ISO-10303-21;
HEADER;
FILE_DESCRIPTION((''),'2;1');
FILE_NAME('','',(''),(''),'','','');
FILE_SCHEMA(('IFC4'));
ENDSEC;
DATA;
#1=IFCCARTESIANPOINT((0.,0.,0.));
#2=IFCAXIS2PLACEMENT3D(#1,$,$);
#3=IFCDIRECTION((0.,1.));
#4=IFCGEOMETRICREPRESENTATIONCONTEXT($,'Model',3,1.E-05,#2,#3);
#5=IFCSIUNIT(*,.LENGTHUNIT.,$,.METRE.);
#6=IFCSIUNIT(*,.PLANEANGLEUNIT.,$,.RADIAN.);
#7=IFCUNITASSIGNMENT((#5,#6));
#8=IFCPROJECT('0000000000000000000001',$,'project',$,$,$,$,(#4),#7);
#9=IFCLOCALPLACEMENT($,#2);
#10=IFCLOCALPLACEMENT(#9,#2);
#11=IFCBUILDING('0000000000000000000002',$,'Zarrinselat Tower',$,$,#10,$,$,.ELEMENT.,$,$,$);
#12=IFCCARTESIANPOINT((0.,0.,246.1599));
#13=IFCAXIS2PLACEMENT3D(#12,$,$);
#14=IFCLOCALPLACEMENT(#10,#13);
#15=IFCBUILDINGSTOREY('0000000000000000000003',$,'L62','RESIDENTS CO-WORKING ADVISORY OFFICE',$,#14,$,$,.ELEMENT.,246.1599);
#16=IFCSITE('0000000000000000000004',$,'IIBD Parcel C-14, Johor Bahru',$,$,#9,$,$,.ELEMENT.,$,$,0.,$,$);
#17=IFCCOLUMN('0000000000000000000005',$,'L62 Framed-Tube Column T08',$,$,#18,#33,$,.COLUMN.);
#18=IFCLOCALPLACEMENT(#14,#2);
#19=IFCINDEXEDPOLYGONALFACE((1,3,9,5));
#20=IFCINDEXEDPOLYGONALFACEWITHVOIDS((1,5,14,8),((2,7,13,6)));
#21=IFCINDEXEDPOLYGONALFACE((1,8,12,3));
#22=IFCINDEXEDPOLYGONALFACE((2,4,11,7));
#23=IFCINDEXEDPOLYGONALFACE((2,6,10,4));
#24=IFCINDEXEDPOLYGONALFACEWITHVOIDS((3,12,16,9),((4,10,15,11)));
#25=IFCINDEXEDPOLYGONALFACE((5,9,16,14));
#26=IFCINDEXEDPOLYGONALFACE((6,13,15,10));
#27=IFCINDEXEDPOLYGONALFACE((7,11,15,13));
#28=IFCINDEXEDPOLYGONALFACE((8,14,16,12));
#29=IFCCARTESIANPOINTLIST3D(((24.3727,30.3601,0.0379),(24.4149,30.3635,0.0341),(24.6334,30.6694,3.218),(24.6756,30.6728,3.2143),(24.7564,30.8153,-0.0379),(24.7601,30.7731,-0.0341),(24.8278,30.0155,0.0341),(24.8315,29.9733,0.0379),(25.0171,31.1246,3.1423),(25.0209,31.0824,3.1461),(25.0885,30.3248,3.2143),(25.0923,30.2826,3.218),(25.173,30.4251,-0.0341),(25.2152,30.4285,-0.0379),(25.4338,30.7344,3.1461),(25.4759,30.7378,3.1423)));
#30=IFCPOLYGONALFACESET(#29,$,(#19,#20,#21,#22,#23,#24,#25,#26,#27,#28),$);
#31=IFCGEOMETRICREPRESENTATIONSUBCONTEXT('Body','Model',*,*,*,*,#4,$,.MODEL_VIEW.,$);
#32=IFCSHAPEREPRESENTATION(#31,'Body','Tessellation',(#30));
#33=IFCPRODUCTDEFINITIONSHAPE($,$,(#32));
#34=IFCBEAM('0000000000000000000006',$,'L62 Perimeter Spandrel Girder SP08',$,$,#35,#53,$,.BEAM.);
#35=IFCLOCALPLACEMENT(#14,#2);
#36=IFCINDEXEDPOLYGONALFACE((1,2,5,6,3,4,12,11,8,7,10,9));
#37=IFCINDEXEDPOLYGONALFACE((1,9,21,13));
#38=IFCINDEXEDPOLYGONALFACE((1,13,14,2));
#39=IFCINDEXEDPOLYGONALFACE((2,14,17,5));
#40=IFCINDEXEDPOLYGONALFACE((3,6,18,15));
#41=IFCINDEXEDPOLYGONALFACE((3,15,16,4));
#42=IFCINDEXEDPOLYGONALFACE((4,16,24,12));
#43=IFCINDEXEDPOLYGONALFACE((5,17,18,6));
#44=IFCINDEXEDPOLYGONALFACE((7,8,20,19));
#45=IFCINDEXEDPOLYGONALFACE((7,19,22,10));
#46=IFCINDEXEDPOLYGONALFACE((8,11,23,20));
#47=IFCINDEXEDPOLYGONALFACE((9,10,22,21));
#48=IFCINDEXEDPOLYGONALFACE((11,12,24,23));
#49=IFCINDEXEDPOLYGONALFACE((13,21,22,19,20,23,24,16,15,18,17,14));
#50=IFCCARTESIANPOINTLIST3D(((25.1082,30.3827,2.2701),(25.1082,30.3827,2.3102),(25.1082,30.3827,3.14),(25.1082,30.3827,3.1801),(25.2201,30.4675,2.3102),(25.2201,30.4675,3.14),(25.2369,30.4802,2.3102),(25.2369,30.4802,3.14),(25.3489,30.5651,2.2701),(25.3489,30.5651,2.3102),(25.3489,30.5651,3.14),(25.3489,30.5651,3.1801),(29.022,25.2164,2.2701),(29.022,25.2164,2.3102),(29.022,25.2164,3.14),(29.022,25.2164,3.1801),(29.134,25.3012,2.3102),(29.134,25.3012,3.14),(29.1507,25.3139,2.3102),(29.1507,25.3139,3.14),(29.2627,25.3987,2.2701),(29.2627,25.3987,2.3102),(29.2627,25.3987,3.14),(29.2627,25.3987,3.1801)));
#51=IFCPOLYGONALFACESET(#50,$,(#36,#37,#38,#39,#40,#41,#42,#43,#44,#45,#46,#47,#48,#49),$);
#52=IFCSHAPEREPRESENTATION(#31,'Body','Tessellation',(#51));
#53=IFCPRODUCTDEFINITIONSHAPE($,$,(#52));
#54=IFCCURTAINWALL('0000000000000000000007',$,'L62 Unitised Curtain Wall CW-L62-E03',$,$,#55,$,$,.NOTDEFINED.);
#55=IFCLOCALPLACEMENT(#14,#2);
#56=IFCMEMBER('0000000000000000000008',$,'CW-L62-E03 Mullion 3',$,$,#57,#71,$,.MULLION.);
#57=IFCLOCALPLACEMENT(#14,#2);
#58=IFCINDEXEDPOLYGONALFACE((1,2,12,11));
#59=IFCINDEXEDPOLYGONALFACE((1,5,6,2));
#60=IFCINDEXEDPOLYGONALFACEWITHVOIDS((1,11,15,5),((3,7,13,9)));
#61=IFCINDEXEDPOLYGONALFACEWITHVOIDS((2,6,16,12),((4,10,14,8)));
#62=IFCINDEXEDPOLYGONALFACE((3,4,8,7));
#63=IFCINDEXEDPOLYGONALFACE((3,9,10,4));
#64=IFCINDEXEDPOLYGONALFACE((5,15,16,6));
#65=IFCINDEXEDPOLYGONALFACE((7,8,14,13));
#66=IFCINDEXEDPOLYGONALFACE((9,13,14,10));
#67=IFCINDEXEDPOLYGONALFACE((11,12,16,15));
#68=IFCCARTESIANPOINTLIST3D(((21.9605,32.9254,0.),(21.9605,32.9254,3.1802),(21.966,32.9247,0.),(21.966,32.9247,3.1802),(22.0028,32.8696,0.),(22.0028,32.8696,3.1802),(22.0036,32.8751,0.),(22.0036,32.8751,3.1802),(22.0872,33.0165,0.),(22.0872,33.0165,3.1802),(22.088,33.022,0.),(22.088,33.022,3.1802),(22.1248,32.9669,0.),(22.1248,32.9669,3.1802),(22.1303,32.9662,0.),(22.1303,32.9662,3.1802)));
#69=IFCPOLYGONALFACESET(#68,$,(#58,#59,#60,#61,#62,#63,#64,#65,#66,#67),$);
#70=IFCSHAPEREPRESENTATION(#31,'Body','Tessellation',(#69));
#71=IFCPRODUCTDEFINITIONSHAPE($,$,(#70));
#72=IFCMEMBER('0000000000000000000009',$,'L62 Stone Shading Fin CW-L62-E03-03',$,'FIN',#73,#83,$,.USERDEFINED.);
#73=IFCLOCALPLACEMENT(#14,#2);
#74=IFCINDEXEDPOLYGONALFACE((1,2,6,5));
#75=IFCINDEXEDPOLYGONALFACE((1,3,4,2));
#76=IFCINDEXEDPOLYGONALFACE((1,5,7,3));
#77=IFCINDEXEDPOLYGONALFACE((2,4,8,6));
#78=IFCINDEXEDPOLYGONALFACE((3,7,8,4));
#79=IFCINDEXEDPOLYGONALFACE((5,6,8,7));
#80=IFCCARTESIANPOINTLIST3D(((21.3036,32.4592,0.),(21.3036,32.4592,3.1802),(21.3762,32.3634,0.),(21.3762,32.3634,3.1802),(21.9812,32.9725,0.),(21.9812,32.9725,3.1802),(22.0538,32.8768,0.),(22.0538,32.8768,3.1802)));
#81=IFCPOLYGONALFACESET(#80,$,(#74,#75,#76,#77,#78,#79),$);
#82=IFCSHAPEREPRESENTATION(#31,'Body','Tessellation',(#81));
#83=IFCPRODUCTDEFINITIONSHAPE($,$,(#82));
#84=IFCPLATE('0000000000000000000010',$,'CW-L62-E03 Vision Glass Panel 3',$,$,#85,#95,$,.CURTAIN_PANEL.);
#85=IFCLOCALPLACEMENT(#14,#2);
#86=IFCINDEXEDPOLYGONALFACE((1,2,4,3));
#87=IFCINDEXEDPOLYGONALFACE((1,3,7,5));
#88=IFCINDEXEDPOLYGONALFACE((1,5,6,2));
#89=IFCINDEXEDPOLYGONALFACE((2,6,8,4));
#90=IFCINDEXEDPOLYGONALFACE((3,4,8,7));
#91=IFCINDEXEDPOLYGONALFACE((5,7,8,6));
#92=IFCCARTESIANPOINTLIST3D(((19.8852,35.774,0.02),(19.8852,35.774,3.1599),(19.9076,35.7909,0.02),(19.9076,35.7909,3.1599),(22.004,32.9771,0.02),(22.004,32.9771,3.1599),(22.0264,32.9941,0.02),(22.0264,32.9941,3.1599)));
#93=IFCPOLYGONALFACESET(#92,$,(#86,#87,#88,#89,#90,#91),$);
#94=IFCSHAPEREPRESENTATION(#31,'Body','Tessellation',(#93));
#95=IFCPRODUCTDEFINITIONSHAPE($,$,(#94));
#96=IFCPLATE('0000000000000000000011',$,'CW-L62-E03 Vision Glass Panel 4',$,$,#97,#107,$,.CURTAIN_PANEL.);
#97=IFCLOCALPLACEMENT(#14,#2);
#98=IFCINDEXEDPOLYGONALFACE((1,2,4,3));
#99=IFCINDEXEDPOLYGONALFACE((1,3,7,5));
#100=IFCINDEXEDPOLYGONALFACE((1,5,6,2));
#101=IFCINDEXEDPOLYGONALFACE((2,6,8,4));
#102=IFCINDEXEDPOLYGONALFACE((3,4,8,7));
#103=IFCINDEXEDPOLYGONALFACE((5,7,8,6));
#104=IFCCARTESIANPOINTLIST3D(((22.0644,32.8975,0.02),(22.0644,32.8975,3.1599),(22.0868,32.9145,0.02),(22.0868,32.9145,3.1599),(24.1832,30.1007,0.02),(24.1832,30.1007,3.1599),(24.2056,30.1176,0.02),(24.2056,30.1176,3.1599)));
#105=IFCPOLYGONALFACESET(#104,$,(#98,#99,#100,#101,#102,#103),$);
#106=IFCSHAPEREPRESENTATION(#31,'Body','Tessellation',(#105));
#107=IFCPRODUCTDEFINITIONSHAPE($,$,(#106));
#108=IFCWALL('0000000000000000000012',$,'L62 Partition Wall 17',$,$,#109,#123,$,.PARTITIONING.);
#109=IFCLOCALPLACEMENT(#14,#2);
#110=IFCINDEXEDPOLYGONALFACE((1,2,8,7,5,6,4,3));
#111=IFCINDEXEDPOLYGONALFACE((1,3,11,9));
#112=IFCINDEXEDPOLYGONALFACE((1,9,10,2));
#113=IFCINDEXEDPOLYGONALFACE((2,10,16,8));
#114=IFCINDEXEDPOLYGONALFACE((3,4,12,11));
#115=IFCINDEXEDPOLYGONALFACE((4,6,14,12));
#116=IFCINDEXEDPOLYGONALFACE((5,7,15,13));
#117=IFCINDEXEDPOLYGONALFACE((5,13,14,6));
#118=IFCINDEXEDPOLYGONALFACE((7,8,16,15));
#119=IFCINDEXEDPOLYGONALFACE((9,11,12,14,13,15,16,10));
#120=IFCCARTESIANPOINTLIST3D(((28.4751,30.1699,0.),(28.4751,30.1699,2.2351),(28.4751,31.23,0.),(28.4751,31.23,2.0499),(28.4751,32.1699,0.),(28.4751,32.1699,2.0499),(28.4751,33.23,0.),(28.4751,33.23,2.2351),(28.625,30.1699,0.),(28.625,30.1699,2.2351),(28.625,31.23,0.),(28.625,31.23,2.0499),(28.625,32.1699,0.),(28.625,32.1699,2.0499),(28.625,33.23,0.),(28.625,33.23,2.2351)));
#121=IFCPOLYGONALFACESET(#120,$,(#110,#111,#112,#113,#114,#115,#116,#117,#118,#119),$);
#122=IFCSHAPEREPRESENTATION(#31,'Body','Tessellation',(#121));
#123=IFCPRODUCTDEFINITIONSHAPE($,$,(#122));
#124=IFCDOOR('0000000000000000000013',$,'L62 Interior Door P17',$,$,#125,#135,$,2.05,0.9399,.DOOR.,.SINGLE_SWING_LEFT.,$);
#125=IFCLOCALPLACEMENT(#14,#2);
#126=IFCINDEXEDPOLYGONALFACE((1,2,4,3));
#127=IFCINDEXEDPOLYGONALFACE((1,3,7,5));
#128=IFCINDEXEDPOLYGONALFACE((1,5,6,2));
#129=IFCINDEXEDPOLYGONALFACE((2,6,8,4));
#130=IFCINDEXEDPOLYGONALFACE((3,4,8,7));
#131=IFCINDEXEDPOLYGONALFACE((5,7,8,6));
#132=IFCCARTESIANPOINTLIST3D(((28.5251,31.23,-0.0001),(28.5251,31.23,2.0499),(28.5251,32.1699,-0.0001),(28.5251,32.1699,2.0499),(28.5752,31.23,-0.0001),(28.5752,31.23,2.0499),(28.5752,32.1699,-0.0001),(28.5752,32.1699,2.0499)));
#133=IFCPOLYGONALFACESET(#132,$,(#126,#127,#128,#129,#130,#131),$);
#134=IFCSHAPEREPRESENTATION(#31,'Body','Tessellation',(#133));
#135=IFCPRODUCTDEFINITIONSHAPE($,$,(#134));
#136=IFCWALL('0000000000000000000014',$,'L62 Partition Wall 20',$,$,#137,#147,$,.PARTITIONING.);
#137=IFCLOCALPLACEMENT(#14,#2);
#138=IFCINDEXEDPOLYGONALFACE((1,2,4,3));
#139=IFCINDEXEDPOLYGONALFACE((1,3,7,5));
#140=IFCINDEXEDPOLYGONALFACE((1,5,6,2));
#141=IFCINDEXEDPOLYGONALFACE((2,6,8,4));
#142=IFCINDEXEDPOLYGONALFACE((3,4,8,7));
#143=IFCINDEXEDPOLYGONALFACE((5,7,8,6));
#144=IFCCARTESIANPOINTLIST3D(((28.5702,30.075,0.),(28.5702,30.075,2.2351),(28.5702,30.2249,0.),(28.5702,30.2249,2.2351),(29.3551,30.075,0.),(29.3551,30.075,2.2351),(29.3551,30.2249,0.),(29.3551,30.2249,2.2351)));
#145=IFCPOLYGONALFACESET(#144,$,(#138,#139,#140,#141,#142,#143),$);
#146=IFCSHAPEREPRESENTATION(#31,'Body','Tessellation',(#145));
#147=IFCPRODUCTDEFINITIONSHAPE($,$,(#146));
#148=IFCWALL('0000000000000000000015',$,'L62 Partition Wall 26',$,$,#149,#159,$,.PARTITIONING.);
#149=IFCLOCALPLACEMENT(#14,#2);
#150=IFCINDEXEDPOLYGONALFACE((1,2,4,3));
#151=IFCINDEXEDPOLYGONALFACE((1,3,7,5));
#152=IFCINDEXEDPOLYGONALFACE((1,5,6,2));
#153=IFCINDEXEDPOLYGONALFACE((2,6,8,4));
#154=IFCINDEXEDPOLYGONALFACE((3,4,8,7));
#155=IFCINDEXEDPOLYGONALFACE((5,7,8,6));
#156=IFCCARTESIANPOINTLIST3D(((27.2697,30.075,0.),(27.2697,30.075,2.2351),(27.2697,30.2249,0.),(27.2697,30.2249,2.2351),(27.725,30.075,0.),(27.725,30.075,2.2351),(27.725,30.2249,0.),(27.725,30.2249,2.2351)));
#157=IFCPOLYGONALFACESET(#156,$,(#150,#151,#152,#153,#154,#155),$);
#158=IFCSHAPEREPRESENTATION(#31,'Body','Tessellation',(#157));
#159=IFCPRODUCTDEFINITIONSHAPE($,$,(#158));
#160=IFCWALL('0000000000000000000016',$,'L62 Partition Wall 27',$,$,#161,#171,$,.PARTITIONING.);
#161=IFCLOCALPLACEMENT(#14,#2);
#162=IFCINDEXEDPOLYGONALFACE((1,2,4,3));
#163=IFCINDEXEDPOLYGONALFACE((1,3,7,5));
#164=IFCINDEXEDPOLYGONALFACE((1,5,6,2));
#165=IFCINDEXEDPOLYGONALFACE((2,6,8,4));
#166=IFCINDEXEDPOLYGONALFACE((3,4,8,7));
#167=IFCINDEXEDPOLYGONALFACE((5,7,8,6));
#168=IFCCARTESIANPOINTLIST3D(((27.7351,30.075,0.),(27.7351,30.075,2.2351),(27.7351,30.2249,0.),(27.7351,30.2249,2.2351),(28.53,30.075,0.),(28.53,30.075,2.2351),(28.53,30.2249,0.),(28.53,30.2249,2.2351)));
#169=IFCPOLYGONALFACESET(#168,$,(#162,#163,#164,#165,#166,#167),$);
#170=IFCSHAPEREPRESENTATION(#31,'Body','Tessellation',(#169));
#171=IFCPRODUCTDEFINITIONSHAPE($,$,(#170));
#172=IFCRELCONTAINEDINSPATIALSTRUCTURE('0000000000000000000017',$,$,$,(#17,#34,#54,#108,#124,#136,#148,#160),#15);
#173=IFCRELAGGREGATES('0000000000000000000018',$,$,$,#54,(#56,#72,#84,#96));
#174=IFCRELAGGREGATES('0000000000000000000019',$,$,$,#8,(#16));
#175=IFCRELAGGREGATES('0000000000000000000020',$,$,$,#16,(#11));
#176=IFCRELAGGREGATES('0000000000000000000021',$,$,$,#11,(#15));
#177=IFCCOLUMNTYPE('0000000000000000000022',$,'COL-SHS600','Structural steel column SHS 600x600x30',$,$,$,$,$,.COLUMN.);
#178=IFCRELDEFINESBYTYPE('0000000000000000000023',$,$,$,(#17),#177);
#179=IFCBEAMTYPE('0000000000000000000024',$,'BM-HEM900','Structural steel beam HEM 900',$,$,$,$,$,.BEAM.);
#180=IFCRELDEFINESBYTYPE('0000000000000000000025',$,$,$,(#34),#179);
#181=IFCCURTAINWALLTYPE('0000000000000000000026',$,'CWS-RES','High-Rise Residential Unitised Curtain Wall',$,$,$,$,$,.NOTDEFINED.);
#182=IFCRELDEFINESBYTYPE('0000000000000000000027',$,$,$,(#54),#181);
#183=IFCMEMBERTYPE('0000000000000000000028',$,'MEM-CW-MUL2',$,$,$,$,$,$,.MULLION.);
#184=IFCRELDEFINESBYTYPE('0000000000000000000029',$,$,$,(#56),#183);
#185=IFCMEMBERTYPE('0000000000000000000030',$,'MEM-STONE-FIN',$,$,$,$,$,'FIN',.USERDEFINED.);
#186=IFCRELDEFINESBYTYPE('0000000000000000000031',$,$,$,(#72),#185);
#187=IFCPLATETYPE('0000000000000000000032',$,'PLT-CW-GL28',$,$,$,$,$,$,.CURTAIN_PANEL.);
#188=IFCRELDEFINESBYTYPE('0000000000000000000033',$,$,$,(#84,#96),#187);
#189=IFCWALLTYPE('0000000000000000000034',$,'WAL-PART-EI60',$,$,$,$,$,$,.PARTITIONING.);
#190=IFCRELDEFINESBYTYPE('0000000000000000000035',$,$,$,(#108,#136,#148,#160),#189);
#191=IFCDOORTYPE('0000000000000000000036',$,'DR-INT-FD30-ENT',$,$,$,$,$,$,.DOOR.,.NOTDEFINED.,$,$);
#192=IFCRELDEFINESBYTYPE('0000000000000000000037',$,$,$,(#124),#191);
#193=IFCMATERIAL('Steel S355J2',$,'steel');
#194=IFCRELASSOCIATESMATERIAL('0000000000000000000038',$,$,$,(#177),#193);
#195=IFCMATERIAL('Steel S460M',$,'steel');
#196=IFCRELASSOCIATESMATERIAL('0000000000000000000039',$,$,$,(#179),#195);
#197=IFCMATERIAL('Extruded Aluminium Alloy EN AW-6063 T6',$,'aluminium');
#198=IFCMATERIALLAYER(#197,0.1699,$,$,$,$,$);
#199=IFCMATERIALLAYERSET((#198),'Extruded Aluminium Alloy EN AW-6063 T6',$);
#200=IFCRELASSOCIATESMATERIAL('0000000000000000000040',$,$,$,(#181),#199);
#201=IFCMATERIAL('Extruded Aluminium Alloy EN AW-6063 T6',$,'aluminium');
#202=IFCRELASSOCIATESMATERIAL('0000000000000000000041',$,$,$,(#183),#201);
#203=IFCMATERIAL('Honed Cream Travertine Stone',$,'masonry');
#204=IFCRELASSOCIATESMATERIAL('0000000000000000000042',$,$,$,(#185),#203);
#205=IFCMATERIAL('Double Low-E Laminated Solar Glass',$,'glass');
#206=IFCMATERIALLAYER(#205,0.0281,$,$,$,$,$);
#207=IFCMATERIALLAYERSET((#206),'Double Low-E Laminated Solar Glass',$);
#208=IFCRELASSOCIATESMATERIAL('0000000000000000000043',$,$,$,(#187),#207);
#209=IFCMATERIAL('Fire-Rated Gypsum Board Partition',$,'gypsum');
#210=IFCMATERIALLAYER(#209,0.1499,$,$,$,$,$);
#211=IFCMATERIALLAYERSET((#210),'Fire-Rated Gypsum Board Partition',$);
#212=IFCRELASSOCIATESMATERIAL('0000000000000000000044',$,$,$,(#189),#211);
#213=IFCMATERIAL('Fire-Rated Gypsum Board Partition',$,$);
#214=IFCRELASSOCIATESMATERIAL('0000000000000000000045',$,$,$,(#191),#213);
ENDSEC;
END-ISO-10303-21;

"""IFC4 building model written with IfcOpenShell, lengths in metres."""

from ifc_helpers import new_model, si_unit, direction, frame, frame_2d, origin, origin_2d, place, context, subcontext, project, spatial, rectangle, hollow_rectangle, i_section, extrude, material, layer, layer_set, material_profile, profile_set, type_object, element, fill, aggregate, save


model = new_model("IFC4")

# Units and contexts
model_context = context("Model", 3, precision=1e-05, world=origin(), true_north=direction((0.0, 1.0)))
body_context = subcontext(model_context, "Body", "Model", "MODEL_VIEW")
ifc_project = project(units=[si_unit("LENGTHUNIT", "METRE"), si_unit("PLANEANGLEUNIT", "RADIAN")], contexts=[model_context])

# Site, building, storey
site_placement = place(None, origin())
site = spatial("IfcSite", under=ifc_project, at=site_placement, Name="IIBD Parcel C-14, Johor Bahru", CompositionType="ELEMENT", RefElevation=0.0)
building_placement = place(site_placement, origin())
building = spatial("IfcBuilding", under=site, at=building_placement, Name="Zarrinselat Tower", CompositionType="ELEMENT")
storey_placement = place(building_placement, frame((0.0, 0.0, 246.1599)))
storey = spatial("IfcBuildingStorey", under=building, at=storey_placement, Name="L62", Description="RESIDENTS CO-WORKING ADVISORY OFFICE", CompositionType="ELEMENT", Elevation=246.1599)

# Column
ifc_material_1 = material(Name="Steel S355J2", Category="steel")
ifc_material_profile_1 = material_profile(ifc_material_1, hollow_rectangle(XDim=0.6001, YDim=0.6001, WallThickness=0.03, at=origin_2d()), Name="SHS 600x600x30")
ifc_profile_set_1 = profile_set([ifc_material_profile_1], Name="Steel S355J2")
column_type = type_object("IfcColumnType", Name="COL-SHS600", Description="Structural steel column SHS 600x600x30", PredefinedType="COLUMN", material=ifc_profile_set_1)
column_placement = place(storey_placement, frame((24.7939, 30.3943, 0.0), z_axis=(0.081334, 0.096489, 0.992005), x_axis=(-0.764598, 0.644507, 0.0)))
element("IfcColumn", 1, at=column_placement, inside=storey, type_object=column_type, Name="L62 Framed-Tube Column T08", PredefinedType="COLUMN", context=body_context, shape_type="SweptSolid", body=[
    extrude(hollow_rectangle(XDim=0.6001, YDim=0.6001, WallThickness=0.03, at=origin_2d()), origin(), (0.0, 0.0, 1.0), 3.2058),
])

# Beam
ifc_material_2 = material(Name="Steel S460M", Category="steel")
ifc_material_profile_2 = material_profile(ifc_material_2, i_section(OverallWidth=0.302, OverallDepth=0.9099, WebThickness=0.021, FlangeThickness=0.04, at=origin_2d()), Name="HEM 900")
ifc_profile_set_2 = profile_set([ifc_material_profile_2], Name="Steel S460M")
beam_type = type_object("IfcBeamType", Name="BM-HEM900", Description="Structural steel beam HEM 900", PredefinedType="BEAM", material=ifc_profile_set_2)
beam_placement = place(storey_placement, frame((25.2285, 30.4739, 2.7251), z_axis=(0.603856, -0.797093, 0.0), x_axis=(0.797093, 0.603856, 0.0)))
element("IfcBeam", 2, at=beam_placement, inside=storey, type_object=beam_type, Name="L62 Perimeter Spandrel Girder SP08", PredefinedType="BEAM", context=body_context, shape_type="SweptSolid", body=[
    extrude(i_section(OverallWidth=0.302, OverallDepth=0.9099, WebThickness=0.021, FlangeThickness=0.04, at=origin_2d()), origin(), (0.0, 0.0, 1.0), 6.4814),
])

# Curtain wall, members, plates
ifc_material_3 = material(Name="Extruded Aluminium Alloy EN AW-6063 T6", Category="aluminium")
ifc_layer_1 = layer(ifc_material_3, 0.1699)
ifc_layer_set_1 = layer_set([ifc_layer_1], Name="Extruded Aluminium Alloy EN AW-6063 T6")
curtain_wall_type = type_object("IfcCurtainWallType", Name="CWS-RES", Description="High-Rise Residential Unitised Curtain Wall", PredefinedType="NOTDEFINED", material=ifc_layer_set_1)
curtain_wall_placement = place(storey_placement, origin())
curtain_wall = element("IfcCurtainWall", 3, at=curtain_wall_placement, inside=storey, type_object=curtain_wall_type, Name="L62 Unitised Curtain Wall CW-L62-E03", PredefinedType="NOTDEFINED")
ifc_material_4 = material(Name="Extruded Aluminium Alloy EN AW-6063 T6", Category="aluminium")
ifc_material_profile_3 = material_profile(ifc_material_4, hollow_rectangle(XDim=0.0701, YDim=0.1599, WallThickness=0.0039, at=origin_2d()), Name="RHS 160x70x4")
ifc_profile_set_3 = profile_set([ifc_material_profile_3], Name="Extruded Aluminium Alloy EN AW-6063 T6")
member_type_1 = type_object("IfcMemberType", Name="MEM-CW-MUL2", PredefinedType="MULLION", material=ifc_profile_set_3)
member_1_placement = place(storey_placement, frame((22.0454, 32.9458, 0.0), z_axis=(0.0, 0.0, 1.0), x_axis=(0.603858, -0.797092, 0.0)))
member_1 = element("IfcMember", 4, at=member_1_placement, type_object=member_type_1, Name="CW-L62-E03 Mullion 3", PredefinedType="MULLION", context=body_context, shape_type="SweptSolid", body=[
    extrude(hollow_rectangle(XDim=0.0701, YDim=0.1599, WallThickness=0.0039, at=origin_2d()), origin(), (0.0, 0.0, 1.0), 3.1802),
])
ifc_material_5 = material(Name="Honed Cream Travertine Stone", Category="masonry")
ifc_material_profile_4 = material_profile(ifc_material_5, rectangle(XDim=0.1201, YDim=0.8501, at=origin_2d()), Name="FIN 850x120")
ifc_profile_set_4 = profile_set([ifc_material_profile_4], Name="Honed Cream Travertine Stone")
member_type_2 = type_object("IfcMemberType", Name="MEM-STONE-FIN", ElementType="FIN", PredefinedType="USERDEFINED", material=ifc_profile_set_4)
member_2_placement = place(storey_placement, frame((21.6787, 32.668, 0.0), z_axis=(0.0, 0.0, 1.0), x_axis=(-0.603858, 0.797092, 0.0)))
member_2 = element("IfcMember", 5, at=member_2_placement, type_object=member_type_2, Name="L62 Stone Shading Fin CW-L62-E03-03", ObjectType="FIN", PredefinedType="USERDEFINED", context=body_context, shape_type="SweptSolid", body=[
    extrude(rectangle(XDim=0.1201, YDim=0.8501, at=origin_2d()), origin(), (0.0, 0.0, 1.0), 3.1802),
])
ifc_material_6 = material(Name="Double Low-E Laminated Solar Glass", Category="glass")
ifc_layer_2 = layer(ifc_material_6, 0.0281)
ifc_layer_set_2 = layer_set([ifc_layer_2], Name="Double Low-E Laminated Solar Glass")
plate_type = type_object("IfcPlateType", Name="PLT-CW-GL28", PredefinedType="CURTAIN_PANEL", material=ifc_layer_set_2)
plate_1_placement = place(storey_placement, frame((20.9558, 34.384, 0.02), z_axis=(0.0, 0.0, 1.0), x_axis=(0.603858, -0.797092, 0.0)))
plate_1 = element("IfcPlate", 6, at=plate_1_placement, type_object=plate_type, Name="CW-L62-E03 Vision Glass Panel 3", PredefinedType="CURTAIN_PANEL", context=body_context, shape_type="SweptSolid", body=[
    extrude(rectangle(XDim=3.5088, YDim=0.0281, at=origin_2d()), origin(), (0.0, 0.0, 1.0), 3.1399),
])
plate_2_placement = place(storey_placement, frame((23.135, 31.5076, 0.02), z_axis=(0.0, 0.0, 1.0), x_axis=(0.603858, -0.797092, 0.0)))
plate_2 = element("IfcPlate", 7, at=plate_2_placement, type_object=plate_type, Name="CW-L62-E03 Vision Glass Panel 4", PredefinedType="CURTAIN_PANEL", context=body_context, shape_type="SweptSolid", body=[
    extrude(rectangle(XDim=3.5088, YDim=0.0281, at=origin_2d()), origin(), (0.0, 0.0, 1.0), 3.1399),
])
aggregate(curtain_wall, [member_1, member_2, plate_1, plate_2])

# Wall, opening, door
ifc_material_7 = material(Name="Fire-Rated Gypsum Board Partition", Category="gypsum")
ifc_layer_3 = layer(ifc_material_7, 0.1499)
ifc_layer_set_3 = layer_set([ifc_layer_3], Name="Fire-Rated Gypsum Board Partition")
wall_type_1 = type_object("IfcWallType", Name="WAL-PART-EI60", PredefinedType="PARTITIONING", material=ifc_layer_set_3)
wall_1_placement = place(storey_placement, frame((28.55, 30.1699, 0.0), z_axis=(0.0, 0.0, 1.0), x_axis=(0.0, 1.0, 0.0)))
wall_1 = element("IfcWall", 8, at=wall_1_placement, inside=storey, type_object=wall_type_1, Name="L62 Partition Wall 17", PredefinedType="PARTITIONING", context=body_context, shape_type="SweptSolid", body=[
    extrude(rectangle(XDim=3.0601, YDim=0.1499, at=frame_2d((1.53, 0.0))), origin(), (0.0, 0.0, 1.0), 2.2351),
])
opening_1_placement = place(wall_1_placement, frame((1.0601, 0.0, 0.0)))
opening_1 = element("IfcOpeningElement", 9, at=opening_1_placement, cuts=wall_1, PredefinedType="OPENING", context=body_context, shape_type="SweptSolid", body=[
    extrude(rectangle(XDim=0.9399, YDim=2.05, at=frame_2d((0.47, 1.0249))), frame((0.0, 0.085, 0.0), z_axis=(0.0, -1.0, 0.0), x_axis=(1.0, 0.0, 0.0)), (0.0, 0.0, 1.0), 0.1699),
])
ifc_material_8 = material(Name="Fire-Rated Gypsum Board Partition")
door_type_1 = type_object("IfcDoorType", Name="DR-INT-FD30-ENT", OperationType="NOTDEFINED", PredefinedType="DOOR", material=ifc_material_8)
door_1_placement = place(opening_1_placement, origin())
door_1 = element("IfcDoor", 10, at=door_1_placement, inside=storey, type_object=door_type_1, Name="L62 Interior Door P17", OperationType="SINGLE_SWING_LEFT", OverallHeight=2.05, OverallWidth=0.9399, PredefinedType="DOOR", context=body_context, shape_type="SweptSolid", body=[
    extrude(rectangle(XDim=0.9399, YDim=2.05, at=frame_2d((0.47, 1.0249))), frame((0.0, 0.0249, 0.0), z_axis=(0.0, -1.0, 0.0), x_axis=(1.0, 0.0, 0.0)), (0.0, 0.0, 1.0), 0.05),
])
fill(opening_1, door_1)

# Walls
wall_2_placement = place(storey_placement, frame((28.5701, 30.1499, 0.0), z_axis=(0.0, 0.0, 1.0), x_axis=(1.0, 0.0, 0.0)))
element("IfcWall", 11, at=wall_2_placement, inside=storey, type_object=wall_type_1, Name="L62 Partition Wall 20", PredefinedType="PARTITIONING", context=body_context, shape_type="SweptSolid", body=[
    extrude(rectangle(XDim=0.7849, YDim=0.1499, at=frame_2d((0.3926, 0.0))), origin(), (0.0, 0.0, 1.0), 2.2351),
])
wall_3_placement = place(storey_placement, frame((27.2698, 30.1499, 0.0), z_axis=(0.0, 0.0, 1.0), x_axis=(1.0, 0.0, 0.0)))
element("IfcWall", 12, at=wall_3_placement, inside=storey, type_object=wall_type_1, Name="L62 Partition Wall 26", PredefinedType="PARTITIONING", context=body_context, shape_type="SweptSolid", body=[
    extrude(rectangle(XDim=0.4553, YDim=0.1499, at=frame_2d((0.2275, 0.0))), origin(), (0.0, 0.0, 1.0), 2.2351),
])
wall_4_placement = place(storey_placement, frame((27.7351, 30.1499, 0.0), z_axis=(0.0, 0.0, 1.0), x_axis=(1.0, 0.0, 0.0)))
element("IfcWall", 13, at=wall_4_placement, inside=storey, type_object=wall_type_1, Name="L62 Partition Wall 27", PredefinedType="PARTITIONING", context=body_context, shape_type="SweptSolid", body=[
    extrude(rectangle(XDim=0.7949, YDim=0.1499, at=frame_2d((0.3975, 0.0))), origin(), (0.0, 0.0, 1.0), 2.2351),
])

save(model, "model.ifc")
